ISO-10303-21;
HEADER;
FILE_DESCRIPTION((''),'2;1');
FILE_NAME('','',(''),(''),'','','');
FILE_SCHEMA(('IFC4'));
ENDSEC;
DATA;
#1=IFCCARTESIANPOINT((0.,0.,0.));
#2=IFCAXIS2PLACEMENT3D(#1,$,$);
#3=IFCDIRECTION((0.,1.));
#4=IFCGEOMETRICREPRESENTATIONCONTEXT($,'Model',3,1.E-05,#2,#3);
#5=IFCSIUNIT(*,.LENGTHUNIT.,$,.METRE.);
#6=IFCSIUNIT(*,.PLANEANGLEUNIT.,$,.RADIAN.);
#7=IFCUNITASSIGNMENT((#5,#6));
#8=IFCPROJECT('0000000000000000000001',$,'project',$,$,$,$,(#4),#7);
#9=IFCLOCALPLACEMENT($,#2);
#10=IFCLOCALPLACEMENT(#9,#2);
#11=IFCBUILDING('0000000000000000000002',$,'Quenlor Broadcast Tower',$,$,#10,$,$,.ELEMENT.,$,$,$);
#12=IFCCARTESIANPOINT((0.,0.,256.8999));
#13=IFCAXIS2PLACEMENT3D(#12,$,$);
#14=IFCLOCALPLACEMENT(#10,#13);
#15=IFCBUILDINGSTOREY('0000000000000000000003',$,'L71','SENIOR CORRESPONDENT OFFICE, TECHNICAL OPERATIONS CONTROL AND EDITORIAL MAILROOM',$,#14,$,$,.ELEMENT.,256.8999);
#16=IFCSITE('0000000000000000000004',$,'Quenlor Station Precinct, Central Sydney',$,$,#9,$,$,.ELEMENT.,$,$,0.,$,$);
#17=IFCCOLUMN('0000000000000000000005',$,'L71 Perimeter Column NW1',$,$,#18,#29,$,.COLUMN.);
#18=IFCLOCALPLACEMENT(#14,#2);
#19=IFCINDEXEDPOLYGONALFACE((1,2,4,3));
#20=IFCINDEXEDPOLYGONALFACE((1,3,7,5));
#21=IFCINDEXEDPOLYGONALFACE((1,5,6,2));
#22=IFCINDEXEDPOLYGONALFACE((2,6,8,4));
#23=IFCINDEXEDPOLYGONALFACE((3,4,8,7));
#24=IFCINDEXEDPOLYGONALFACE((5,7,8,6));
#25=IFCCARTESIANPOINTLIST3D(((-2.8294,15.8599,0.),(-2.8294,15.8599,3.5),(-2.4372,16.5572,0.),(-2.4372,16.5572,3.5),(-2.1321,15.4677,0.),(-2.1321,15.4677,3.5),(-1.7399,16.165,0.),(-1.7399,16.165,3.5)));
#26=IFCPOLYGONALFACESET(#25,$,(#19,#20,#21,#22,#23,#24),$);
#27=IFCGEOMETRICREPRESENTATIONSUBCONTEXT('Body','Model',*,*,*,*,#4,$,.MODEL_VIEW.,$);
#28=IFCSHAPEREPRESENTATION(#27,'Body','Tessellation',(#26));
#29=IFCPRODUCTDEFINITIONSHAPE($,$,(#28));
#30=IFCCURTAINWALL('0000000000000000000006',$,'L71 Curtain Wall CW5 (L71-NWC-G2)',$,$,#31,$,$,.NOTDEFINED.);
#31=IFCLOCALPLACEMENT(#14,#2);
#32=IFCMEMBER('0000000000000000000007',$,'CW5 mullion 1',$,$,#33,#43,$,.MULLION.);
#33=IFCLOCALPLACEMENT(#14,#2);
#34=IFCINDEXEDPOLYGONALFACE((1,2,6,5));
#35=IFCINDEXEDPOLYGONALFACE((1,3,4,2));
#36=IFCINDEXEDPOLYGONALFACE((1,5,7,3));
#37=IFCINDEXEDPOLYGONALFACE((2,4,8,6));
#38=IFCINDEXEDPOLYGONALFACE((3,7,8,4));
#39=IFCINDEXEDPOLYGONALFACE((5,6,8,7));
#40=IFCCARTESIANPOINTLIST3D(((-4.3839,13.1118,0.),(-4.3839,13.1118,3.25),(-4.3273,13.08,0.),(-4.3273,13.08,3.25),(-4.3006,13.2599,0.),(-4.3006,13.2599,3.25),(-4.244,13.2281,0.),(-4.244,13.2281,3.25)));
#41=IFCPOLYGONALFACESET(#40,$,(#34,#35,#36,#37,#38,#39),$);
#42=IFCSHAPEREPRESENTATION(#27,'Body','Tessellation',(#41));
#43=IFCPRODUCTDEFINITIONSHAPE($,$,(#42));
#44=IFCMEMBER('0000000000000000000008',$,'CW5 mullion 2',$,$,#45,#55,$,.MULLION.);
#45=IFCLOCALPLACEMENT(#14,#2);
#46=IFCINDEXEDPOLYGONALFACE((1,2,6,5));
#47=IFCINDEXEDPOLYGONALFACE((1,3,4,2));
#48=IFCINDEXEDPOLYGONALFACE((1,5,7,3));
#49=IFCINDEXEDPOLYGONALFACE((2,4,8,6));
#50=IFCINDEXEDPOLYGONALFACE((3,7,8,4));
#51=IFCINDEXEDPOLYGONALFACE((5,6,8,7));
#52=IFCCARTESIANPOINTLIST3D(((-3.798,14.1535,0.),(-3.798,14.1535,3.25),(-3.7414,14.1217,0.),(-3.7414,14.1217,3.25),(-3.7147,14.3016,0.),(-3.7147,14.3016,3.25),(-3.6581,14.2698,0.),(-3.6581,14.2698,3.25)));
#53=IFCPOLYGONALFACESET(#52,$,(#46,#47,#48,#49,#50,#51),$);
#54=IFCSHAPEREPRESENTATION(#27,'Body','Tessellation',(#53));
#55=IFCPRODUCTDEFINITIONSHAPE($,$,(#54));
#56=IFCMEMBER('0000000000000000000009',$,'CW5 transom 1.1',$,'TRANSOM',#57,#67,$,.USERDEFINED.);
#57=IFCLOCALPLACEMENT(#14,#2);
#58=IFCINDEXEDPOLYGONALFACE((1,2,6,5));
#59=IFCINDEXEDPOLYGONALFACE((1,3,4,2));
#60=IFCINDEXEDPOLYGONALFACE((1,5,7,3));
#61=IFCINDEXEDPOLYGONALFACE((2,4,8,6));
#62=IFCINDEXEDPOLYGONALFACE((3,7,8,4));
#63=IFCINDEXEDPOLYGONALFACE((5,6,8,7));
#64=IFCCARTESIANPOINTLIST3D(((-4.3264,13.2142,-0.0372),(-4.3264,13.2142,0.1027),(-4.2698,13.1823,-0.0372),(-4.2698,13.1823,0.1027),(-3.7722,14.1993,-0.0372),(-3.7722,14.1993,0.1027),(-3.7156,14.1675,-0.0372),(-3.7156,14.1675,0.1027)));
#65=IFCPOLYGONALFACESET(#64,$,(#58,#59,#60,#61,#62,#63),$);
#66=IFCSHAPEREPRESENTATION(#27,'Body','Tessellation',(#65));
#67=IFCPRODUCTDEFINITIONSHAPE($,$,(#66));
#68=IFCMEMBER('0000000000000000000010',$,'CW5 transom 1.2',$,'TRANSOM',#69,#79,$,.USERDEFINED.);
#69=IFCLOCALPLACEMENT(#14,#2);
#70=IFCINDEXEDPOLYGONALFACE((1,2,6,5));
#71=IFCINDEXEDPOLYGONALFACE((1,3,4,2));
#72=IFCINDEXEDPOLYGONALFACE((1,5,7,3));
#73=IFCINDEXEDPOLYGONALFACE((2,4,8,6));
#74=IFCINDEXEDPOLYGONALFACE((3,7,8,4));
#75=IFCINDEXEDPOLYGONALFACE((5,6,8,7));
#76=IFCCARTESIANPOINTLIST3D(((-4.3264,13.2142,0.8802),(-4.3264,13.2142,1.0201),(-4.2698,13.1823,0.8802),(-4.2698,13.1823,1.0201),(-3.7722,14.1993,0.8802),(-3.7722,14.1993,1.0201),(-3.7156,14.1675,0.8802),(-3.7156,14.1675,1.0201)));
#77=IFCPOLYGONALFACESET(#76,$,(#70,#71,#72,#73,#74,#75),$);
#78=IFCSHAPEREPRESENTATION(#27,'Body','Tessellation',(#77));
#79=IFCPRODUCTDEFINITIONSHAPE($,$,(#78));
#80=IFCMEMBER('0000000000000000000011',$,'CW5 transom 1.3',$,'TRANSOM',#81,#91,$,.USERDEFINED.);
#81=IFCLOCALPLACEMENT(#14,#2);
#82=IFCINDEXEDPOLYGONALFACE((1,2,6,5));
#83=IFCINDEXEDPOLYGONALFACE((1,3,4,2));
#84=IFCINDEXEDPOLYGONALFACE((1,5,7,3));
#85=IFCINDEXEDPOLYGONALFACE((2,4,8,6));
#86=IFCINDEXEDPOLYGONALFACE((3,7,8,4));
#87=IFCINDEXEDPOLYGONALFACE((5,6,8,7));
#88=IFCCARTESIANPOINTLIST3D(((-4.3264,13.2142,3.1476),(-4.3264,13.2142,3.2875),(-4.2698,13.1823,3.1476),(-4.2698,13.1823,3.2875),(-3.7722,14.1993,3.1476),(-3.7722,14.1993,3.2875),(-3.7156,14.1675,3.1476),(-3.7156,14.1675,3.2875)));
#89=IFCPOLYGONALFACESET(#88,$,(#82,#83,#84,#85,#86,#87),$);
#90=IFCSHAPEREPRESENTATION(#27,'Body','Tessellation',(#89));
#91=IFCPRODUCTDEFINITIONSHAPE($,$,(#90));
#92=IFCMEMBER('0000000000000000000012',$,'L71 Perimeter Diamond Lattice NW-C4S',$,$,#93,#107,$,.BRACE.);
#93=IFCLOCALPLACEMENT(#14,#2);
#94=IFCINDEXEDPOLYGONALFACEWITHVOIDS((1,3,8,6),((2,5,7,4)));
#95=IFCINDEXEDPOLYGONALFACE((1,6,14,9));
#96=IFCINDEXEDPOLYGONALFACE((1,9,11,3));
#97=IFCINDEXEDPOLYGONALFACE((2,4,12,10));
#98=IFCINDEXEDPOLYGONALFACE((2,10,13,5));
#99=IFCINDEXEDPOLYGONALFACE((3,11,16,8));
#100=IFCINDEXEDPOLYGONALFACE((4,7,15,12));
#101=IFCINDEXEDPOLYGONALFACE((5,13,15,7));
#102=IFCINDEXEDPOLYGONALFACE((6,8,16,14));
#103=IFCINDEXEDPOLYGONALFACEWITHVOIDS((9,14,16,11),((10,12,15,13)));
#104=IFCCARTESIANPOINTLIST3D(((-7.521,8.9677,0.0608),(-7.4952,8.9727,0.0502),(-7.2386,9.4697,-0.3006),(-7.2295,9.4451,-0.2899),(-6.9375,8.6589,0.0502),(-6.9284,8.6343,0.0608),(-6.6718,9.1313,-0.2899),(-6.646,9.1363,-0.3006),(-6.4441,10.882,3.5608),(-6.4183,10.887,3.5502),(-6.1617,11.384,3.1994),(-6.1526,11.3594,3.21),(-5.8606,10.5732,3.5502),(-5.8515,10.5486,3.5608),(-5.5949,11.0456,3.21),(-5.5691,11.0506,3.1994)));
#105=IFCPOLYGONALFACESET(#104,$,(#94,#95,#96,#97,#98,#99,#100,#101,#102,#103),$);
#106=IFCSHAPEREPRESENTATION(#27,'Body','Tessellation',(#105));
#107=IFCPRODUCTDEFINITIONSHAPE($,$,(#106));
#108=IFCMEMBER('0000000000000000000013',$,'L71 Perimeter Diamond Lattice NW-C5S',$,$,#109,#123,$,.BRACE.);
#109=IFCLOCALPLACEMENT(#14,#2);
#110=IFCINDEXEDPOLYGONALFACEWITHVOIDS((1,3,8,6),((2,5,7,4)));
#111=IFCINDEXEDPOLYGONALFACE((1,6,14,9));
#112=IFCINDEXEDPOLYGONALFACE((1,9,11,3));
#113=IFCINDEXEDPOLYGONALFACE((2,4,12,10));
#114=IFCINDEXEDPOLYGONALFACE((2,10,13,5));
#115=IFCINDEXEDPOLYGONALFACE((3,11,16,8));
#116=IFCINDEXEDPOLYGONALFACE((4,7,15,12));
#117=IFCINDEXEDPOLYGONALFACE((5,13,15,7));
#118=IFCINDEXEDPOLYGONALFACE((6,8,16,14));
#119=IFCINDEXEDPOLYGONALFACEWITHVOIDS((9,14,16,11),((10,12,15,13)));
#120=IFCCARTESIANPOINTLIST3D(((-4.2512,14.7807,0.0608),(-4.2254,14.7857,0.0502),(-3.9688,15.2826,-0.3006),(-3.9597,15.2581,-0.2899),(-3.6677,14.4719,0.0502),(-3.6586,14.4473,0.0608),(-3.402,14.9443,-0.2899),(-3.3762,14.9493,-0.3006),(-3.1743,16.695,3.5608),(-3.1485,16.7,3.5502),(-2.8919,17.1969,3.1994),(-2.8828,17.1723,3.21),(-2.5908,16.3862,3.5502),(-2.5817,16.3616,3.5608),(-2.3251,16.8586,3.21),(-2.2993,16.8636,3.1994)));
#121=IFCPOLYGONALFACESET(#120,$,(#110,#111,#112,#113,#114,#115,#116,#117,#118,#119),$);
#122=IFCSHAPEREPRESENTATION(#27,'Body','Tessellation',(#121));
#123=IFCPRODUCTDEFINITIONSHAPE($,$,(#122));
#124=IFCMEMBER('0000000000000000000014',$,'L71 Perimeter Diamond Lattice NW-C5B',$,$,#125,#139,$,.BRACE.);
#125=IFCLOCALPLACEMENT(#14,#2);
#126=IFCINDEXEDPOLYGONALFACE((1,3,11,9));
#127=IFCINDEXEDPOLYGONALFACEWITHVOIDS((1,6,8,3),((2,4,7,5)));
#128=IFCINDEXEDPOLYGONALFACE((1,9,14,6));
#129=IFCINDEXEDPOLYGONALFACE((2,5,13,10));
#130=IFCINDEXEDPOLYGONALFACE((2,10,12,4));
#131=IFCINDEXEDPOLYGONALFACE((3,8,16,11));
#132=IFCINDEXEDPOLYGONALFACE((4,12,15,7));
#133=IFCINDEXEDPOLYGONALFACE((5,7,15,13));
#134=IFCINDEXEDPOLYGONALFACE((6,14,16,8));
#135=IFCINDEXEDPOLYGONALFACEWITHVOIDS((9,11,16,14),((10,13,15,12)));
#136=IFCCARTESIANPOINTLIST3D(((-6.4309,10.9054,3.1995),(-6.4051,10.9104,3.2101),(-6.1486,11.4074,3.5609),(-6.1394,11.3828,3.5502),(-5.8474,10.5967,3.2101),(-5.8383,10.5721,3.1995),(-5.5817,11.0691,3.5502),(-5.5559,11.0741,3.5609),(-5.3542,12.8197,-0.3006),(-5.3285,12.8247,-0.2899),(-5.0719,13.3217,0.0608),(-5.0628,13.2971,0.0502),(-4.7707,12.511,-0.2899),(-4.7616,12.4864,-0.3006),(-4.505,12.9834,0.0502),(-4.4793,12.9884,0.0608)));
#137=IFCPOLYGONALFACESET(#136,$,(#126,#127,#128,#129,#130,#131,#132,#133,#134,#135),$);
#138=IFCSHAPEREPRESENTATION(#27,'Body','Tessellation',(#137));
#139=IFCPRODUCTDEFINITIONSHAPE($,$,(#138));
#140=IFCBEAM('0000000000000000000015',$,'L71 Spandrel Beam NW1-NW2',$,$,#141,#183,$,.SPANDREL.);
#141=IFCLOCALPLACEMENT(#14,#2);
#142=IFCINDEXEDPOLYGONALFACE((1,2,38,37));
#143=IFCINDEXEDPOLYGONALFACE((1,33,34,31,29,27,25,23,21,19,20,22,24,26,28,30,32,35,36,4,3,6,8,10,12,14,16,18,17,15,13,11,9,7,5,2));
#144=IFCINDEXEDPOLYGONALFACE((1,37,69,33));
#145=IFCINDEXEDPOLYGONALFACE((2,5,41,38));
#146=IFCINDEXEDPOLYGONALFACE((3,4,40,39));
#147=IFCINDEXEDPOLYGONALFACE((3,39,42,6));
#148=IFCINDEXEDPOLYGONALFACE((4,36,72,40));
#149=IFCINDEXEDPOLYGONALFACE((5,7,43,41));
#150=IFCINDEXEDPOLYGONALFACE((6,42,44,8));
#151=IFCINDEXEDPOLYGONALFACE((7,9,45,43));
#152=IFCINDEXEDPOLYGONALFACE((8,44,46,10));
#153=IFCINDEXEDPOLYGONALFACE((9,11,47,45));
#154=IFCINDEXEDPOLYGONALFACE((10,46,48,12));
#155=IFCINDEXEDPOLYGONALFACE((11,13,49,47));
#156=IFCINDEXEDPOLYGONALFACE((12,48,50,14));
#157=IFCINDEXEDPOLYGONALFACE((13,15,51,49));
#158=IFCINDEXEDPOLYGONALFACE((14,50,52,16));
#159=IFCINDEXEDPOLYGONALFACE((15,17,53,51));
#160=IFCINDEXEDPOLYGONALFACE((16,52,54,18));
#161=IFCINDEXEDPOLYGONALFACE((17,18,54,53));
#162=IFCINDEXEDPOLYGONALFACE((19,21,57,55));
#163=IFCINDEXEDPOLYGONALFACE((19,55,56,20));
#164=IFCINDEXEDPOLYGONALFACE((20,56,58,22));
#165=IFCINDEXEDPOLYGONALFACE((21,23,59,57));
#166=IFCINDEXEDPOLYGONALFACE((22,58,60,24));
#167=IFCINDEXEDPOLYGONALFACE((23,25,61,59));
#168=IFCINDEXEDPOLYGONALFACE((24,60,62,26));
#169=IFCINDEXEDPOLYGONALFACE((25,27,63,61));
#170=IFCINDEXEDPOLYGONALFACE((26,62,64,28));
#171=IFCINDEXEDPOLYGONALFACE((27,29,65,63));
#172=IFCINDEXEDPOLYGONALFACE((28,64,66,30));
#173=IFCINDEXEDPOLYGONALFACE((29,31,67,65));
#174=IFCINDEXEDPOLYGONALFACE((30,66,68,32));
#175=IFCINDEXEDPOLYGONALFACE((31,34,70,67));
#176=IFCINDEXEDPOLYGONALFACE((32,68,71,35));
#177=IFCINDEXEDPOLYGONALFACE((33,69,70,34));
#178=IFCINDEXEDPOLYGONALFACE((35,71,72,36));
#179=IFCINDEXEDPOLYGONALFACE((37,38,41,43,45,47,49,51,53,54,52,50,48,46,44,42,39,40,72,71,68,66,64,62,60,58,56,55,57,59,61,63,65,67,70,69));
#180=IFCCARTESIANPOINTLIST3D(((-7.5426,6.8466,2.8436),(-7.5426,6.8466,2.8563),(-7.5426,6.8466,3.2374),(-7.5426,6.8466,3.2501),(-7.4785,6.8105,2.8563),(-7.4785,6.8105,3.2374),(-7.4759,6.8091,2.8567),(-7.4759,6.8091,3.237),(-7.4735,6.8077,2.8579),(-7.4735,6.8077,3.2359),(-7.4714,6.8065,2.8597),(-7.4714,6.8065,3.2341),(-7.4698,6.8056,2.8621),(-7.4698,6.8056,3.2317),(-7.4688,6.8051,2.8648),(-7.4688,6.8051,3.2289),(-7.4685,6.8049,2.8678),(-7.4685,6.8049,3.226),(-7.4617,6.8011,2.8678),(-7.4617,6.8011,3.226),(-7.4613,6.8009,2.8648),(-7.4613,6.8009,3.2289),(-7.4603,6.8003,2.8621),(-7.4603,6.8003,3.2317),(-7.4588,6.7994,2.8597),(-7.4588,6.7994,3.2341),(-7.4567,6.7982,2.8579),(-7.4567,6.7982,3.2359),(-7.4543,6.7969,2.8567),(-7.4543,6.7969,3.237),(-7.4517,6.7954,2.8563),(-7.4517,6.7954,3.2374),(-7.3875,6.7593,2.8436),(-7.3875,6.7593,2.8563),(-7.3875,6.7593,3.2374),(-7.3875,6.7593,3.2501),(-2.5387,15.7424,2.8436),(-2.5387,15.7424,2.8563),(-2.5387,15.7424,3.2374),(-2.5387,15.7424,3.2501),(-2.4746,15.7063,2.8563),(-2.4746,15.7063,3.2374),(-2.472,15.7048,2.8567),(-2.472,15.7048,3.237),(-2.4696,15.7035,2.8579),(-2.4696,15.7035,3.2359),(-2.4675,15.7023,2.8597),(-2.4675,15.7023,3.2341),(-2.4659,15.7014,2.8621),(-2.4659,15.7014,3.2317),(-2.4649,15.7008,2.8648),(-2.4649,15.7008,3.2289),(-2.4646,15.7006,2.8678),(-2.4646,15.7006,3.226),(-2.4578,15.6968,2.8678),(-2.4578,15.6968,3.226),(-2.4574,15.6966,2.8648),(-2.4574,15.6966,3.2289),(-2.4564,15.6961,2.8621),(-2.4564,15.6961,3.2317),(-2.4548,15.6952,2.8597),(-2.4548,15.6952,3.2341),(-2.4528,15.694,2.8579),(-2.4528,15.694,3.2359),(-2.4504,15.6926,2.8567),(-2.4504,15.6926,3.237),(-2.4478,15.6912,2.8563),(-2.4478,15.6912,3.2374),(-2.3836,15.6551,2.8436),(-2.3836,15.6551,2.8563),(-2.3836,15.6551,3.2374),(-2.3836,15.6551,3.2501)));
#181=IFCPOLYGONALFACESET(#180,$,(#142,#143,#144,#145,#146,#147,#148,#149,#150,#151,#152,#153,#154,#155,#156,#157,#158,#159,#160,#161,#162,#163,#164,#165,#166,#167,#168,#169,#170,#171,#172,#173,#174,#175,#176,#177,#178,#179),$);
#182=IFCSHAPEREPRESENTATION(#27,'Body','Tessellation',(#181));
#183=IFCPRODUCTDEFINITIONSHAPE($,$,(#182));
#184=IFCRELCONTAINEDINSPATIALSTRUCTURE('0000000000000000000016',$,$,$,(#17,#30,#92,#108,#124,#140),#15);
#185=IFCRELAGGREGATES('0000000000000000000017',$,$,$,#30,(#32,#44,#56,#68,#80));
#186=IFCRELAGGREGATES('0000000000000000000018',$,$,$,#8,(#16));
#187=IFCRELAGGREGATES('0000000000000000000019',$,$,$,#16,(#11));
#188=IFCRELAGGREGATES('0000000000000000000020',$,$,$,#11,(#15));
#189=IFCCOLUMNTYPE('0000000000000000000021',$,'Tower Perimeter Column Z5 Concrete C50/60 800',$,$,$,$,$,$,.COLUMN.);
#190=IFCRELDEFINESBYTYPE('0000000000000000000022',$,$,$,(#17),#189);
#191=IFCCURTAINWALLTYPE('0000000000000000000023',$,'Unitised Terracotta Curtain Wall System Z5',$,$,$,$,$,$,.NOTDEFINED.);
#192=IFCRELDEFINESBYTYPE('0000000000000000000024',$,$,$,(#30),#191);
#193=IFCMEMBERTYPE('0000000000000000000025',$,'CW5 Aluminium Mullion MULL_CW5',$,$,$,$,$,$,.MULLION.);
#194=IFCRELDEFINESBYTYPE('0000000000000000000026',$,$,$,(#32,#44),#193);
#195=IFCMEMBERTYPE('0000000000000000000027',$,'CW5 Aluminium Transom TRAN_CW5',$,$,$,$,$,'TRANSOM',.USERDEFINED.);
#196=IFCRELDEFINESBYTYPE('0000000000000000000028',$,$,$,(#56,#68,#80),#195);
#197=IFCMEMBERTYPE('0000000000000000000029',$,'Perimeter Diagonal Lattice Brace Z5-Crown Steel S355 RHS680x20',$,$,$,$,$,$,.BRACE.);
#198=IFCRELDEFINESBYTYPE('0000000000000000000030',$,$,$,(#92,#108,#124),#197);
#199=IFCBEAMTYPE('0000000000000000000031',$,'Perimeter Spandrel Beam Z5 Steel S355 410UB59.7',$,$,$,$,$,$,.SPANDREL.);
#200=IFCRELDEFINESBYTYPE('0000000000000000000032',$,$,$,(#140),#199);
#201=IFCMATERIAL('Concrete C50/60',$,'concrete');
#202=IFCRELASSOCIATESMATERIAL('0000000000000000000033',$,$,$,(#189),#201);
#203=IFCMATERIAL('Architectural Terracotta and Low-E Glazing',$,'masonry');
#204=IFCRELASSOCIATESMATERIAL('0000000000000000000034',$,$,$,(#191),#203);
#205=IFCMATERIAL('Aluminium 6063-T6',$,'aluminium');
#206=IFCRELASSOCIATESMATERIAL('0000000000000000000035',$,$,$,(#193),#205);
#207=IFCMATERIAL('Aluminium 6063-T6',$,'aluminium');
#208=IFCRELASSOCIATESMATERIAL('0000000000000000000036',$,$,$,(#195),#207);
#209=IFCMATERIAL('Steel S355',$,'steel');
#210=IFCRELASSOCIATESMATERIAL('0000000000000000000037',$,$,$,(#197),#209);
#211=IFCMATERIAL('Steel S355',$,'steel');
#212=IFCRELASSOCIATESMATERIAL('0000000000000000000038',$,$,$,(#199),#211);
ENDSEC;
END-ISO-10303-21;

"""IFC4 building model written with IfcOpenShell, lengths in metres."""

from ifc_helpers import new_model, si_unit, direction, frame, origin, origin_2d, place, context, subcontext, project, spatial, rectangle, hollow_rectangle, i_section, extrude, material, material_profile, profile_set, type_object, element, aggregate, save


model = new_model("IFC4")

# Units and contexts
model_context = context("Model", 3, precision=1e-05, world=origin(), true_north=direction((0.0, 1.0)))
body_context = subcontext(model_context, "Body", "Model", "MODEL_VIEW")
ifc_project = project(units=[si_unit("LENGTHUNIT", "METRE"), si_unit("PLANEANGLEUNIT", "RADIAN")], contexts=[model_context])

# Site, building, storey
site_placement = place(None, origin())
site = spatial("IfcSite", under=ifc_project, at=site_placement, Name="Quenlor Station Precinct, Central Sydney", CompositionType="ELEMENT", RefElevation=0.0)
building_placement = place(site_placement, origin())
building = spatial("IfcBuilding", under=site, at=building_placement, Name="Quenlor Broadcast Tower", CompositionType="ELEMENT")
storey_placement = place(building_placement, frame((0.0, 0.0, 256.8999)))
storey = spatial("IfcBuildingStorey", under=building, at=storey_placement, Name="L71", Description="SENIOR CORRESPONDENT OFFICE, TECHNICAL OPERATIONS CONTROL AND EDITORIAL MAILROOM", CompositionType="ELEMENT", Elevation=256.8999)

# Column
ifc_material_1 = material(Name="Concrete C50/60", Category="concrete")
ifc_material_profile_1 = material_profile(ifc_material_1, rectangle(XDim=0.8, YDim=0.8, at=origin_2d()))
ifc_profile_set_1 = profile_set([ifc_material_profile_1], Name="Concrete C50/60 RC800x800")
column_type = type_object("IfcColumnType", Name="Tower Perimeter Column Z5 Concrete C50/60 800", PredefinedType="COLUMN", material=ifc_profile_set_1)
column_placement = place(storey_placement, frame((-2.2847, 16.0125, 0.0), z_axis=(0.0, 0.0, 1.0), x_axis=(-0.871575, 0.490262, 0.0)))
element("IfcColumn", 1, at=column_placement, inside=storey, type_object=column_type, Name="L71 Perimeter Column NW1", PredefinedType="COLUMN", context=body_context, shape_type="SweptSolid", body=[
    extrude(rectangle(XDim=0.8, YDim=0.8, at=origin_2d()), origin(), (0.0, 0.0, 1.0), 3.5),
])

# Curtain wall, members
ifc_material_2 = material(Name="Architectural Terracotta and Low-E Glazing", Category="masonry")
curtain_wall_type = type_object("IfcCurtainWallType", Name="Unitised Terracotta Curtain Wall System Z5", PredefinedType="NOTDEFINED", material=ifc_material_2)
curtain_wall_placement = place(storey_placement, origin())
curtain_wall = element("IfcCurtainWall", 2, at=curtain_wall_placement, inside=storey, type_object=curtain_wall_type, Name="L71 Curtain Wall CW5 (L71-NWC-G2)", PredefinedType="NOTDEFINED")
ifc_material_3 = material(Name="Aluminium 6063-T6", Category="aluminium")
ifc_material_profile_2 = material_profile(ifc_material_3, rectangle(XDim=0.0649, YDim=0.1699, at=origin_2d()))
ifc_profile_set_2 = profile_set([ifc_material_profile_2], Name="Aluminium 6063-T6 MULL65x170")
member_type_1 = type_object("IfcMemberType", Name="CW5 Aluminium Mullion MULL_CW5", PredefinedType="MULLION", material=ifc_profile_set_2)
member_1_placement = place(storey_placement, frame((-4.314, 13.1699, 0.0), z_axis=(0.0, 0.0, 1.0), x_axis=(-0.871559, 0.490291, 0.0)))
member_1 = element("IfcMember", 3, at=member_1_placement, type_object=member_type_1, Name="CW5 mullion 1", PredefinedType="MULLION", context=body_context, shape_type="SweptSolid", body=[
    extrude(rectangle(XDim=0.0649, YDim=0.1699, at=origin_2d()), origin(), (0.0, 0.0, 1.0), 3.25),
])
member_2_placement = place(storey_placement, frame((-3.728, 14.2117, 0.0), z_axis=(0.0, 0.0, 1.0), x_axis=(-0.871559, 0.490291, 0.0)))
member_2 = element("IfcMember", 4, at=member_2_placement, type_object=member_type_1, Name="CW5 mullion 2", PredefinedType="MULLION", context=body_context, shape_type="SweptSolid", body=[
    extrude(rectangle(XDim=0.0649, YDim=0.1699, at=origin_2d()), origin(), (0.0, 0.0, 1.0), 3.25),
])
ifc_material_4 = material(Name="Aluminium 6063-T6", Category="aluminium")
ifc_material_profile_3 = material_profile(ifc_material_4, rectangle(XDim=0.0649, YDim=0.1399, at=origin_2d()))
ifc_profile_set_3 = profile_set([ifc_material_profile_3], Name="Aluminium 6063-T6 TRAN65x140")
member_type_2 = type_object("IfcMemberType", Name="CW5 Aluminium Transom TRAN_CW5", ElementType="TRANSOM", PredefinedType="USERDEFINED", material=ifc_profile_set_3)
member_3_placement = place(storey_placement, frame((-4.2981, 13.1982, 0.0327), z_axis=(0.490313, 0.871547, 0.0), x_axis=(-0.871547, 0.490313, 0.0)))
member_3 = element("IfcMember", 5, at=member_3_placement, type_object=member_type_2, Name="CW5 transom 1.1", ObjectType="TRANSOM", PredefinedType="USERDEFINED", context=body_context, shape_type="SweptSolid", body=[
    extrude(rectangle(XDim=0.0649, YDim=0.1399, at=origin_2d()), origin(), (0.0, 0.0, 1.0), 1.1304),
])
member_4_placement = place(storey_placement, frame((-4.2981, 13.1982, 0.9502), z_axis=(0.490313, 0.871547, 0.0), x_axis=(-0.871547, 0.490313, 0.0)))
member_4 = element("IfcMember", 6, at=member_4_placement, type_object=member_type_2, Name="CW5 transom 1.2", ObjectType="TRANSOM", PredefinedType="USERDEFINED", context=body_context, shape_type="SweptSolid", body=[
    extrude(rectangle(XDim=0.0649, YDim=0.1399, at=origin_2d()), origin(), (0.0, 0.0, 1.0), 1.1304),
])
member_5_placement = place(storey_placement, frame((-4.2981, 13.1982, 3.2175), z_axis=(0.490313, 0.871547, 0.0), x_axis=(-0.871547, 0.490313, 0.0)))
member_5 = element("IfcMember", 7, at=member_5_placement, type_object=member_type_2, Name="CW5 transom 1.3", ObjectType="TRANSOM", PredefinedType="USERDEFINED", context=body_context, shape_type="SweptSolid", body=[
    extrude(rectangle(XDim=0.0649, YDim=0.1399, at=origin_2d()), origin(), (0.0, 0.0, 1.0), 1.1304),
])

# Members
ifc_material_5 = material(Name="Steel S355", Category="steel")
ifc_material_profile_4 = material_profile(ifc_material_5, hollow_rectangle(XDim=0.6799, YDim=0.6799, WallThickness=0.02, at=origin_2d()))
ifc_profile_set_4 = profile_set([ifc_material_profile_4], Name="Steel S355 RHS680x680x20")
member_type_3 = type_object("IfcMemberType", Name="Perimeter Diagonal Lattice Brace Z5-Crown Steel S355 RHS680x20", PredefinedType="BRACE", material=ifc_profile_set_4)
for number, where, z_axis, x_axis, name in (
    (8, (-7.0835, 9.052, -0.1199), (0.260619, 0.463276, 0.847026), (-0.871555, 0.490298, 0.0), "L71 Perimeter Diamond Lattice NW-C4S"),
    (9, (-3.8137, 14.865, -0.1199), (0.260619, 0.463276, 0.847026), (-0.871555, 0.490298, 0.0), "L71 Perimeter Diamond Lattice NW-C5S"),
    (10, (-4.9167, 12.9041, -0.1199), (-0.260564, -0.463283, 0.847039), (0.871602, -0.490214, 0.0), "L71 Perimeter Diamond Lattice NW-C5B"),
):
    element("IfcMember", number, at=place(storey_placement, frame(where, z_axis=z_axis, x_axis=x_axis)), inside=storey, type_object=member_type_3, Name=name, PredefinedType="BRACE", context=body_context, shape_type="SweptSolid", body=[
        extrude(hollow_rectangle(XDim=0.6799, YDim=0.6799, WallThickness=0.02, at=origin_2d()), origin(), (0.0, 0.0, 1.0), 4.1321),
    ])

# Beam
ifc_material_6 = material(Name="Steel S355", Category="steel")
ifc_material_profile_5 = material_profile(ifc_material_6, i_section(OverallWidth=0.178, OverallDepth=0.4065, WebThickness=0.0078, FlangeThickness=0.0127, FilletRadius=0.0115, at=origin_2d()))
ifc_profile_set_5 = profile_set([ifc_material_profile_5], Name="Steel S355 410UB59.7")
beam_type_1 = type_object("IfcBeamType", Name="Perimeter Spandrel Beam Z5 Steel S355 410UB59.7", PredefinedType="SPANDREL", material=ifc_profile_set_5)
beam_1_placement = place(storey_placement, frame((-2.4612, 15.6987, 3.0469), z_axis=(-0.490265, -0.871574, 0.0), x_axis=(0.871574, -0.490265, 0.0)))
element("IfcBeam", 11, at=beam_1_placement, inside=storey, type_object=beam_type_1, Name="L71 Spandrel Beam NW1-NW2", PredefinedType="SPANDREL", context=body_context, shape_type="SweptSolid", body=[
    extrude(i_section(OverallWidth=0.178, OverallDepth=0.4065, WebThickness=0.0078, FlangeThickness=0.0127, FilletRadius=0.0115, at=origin_2d()), origin(), (0.0, 0.0, 1.0), 10.2065),
])

aggregate(curtain_wall, [member_1, member_2, member_3, member_4, member_5])

save(model, "model.ifc")
